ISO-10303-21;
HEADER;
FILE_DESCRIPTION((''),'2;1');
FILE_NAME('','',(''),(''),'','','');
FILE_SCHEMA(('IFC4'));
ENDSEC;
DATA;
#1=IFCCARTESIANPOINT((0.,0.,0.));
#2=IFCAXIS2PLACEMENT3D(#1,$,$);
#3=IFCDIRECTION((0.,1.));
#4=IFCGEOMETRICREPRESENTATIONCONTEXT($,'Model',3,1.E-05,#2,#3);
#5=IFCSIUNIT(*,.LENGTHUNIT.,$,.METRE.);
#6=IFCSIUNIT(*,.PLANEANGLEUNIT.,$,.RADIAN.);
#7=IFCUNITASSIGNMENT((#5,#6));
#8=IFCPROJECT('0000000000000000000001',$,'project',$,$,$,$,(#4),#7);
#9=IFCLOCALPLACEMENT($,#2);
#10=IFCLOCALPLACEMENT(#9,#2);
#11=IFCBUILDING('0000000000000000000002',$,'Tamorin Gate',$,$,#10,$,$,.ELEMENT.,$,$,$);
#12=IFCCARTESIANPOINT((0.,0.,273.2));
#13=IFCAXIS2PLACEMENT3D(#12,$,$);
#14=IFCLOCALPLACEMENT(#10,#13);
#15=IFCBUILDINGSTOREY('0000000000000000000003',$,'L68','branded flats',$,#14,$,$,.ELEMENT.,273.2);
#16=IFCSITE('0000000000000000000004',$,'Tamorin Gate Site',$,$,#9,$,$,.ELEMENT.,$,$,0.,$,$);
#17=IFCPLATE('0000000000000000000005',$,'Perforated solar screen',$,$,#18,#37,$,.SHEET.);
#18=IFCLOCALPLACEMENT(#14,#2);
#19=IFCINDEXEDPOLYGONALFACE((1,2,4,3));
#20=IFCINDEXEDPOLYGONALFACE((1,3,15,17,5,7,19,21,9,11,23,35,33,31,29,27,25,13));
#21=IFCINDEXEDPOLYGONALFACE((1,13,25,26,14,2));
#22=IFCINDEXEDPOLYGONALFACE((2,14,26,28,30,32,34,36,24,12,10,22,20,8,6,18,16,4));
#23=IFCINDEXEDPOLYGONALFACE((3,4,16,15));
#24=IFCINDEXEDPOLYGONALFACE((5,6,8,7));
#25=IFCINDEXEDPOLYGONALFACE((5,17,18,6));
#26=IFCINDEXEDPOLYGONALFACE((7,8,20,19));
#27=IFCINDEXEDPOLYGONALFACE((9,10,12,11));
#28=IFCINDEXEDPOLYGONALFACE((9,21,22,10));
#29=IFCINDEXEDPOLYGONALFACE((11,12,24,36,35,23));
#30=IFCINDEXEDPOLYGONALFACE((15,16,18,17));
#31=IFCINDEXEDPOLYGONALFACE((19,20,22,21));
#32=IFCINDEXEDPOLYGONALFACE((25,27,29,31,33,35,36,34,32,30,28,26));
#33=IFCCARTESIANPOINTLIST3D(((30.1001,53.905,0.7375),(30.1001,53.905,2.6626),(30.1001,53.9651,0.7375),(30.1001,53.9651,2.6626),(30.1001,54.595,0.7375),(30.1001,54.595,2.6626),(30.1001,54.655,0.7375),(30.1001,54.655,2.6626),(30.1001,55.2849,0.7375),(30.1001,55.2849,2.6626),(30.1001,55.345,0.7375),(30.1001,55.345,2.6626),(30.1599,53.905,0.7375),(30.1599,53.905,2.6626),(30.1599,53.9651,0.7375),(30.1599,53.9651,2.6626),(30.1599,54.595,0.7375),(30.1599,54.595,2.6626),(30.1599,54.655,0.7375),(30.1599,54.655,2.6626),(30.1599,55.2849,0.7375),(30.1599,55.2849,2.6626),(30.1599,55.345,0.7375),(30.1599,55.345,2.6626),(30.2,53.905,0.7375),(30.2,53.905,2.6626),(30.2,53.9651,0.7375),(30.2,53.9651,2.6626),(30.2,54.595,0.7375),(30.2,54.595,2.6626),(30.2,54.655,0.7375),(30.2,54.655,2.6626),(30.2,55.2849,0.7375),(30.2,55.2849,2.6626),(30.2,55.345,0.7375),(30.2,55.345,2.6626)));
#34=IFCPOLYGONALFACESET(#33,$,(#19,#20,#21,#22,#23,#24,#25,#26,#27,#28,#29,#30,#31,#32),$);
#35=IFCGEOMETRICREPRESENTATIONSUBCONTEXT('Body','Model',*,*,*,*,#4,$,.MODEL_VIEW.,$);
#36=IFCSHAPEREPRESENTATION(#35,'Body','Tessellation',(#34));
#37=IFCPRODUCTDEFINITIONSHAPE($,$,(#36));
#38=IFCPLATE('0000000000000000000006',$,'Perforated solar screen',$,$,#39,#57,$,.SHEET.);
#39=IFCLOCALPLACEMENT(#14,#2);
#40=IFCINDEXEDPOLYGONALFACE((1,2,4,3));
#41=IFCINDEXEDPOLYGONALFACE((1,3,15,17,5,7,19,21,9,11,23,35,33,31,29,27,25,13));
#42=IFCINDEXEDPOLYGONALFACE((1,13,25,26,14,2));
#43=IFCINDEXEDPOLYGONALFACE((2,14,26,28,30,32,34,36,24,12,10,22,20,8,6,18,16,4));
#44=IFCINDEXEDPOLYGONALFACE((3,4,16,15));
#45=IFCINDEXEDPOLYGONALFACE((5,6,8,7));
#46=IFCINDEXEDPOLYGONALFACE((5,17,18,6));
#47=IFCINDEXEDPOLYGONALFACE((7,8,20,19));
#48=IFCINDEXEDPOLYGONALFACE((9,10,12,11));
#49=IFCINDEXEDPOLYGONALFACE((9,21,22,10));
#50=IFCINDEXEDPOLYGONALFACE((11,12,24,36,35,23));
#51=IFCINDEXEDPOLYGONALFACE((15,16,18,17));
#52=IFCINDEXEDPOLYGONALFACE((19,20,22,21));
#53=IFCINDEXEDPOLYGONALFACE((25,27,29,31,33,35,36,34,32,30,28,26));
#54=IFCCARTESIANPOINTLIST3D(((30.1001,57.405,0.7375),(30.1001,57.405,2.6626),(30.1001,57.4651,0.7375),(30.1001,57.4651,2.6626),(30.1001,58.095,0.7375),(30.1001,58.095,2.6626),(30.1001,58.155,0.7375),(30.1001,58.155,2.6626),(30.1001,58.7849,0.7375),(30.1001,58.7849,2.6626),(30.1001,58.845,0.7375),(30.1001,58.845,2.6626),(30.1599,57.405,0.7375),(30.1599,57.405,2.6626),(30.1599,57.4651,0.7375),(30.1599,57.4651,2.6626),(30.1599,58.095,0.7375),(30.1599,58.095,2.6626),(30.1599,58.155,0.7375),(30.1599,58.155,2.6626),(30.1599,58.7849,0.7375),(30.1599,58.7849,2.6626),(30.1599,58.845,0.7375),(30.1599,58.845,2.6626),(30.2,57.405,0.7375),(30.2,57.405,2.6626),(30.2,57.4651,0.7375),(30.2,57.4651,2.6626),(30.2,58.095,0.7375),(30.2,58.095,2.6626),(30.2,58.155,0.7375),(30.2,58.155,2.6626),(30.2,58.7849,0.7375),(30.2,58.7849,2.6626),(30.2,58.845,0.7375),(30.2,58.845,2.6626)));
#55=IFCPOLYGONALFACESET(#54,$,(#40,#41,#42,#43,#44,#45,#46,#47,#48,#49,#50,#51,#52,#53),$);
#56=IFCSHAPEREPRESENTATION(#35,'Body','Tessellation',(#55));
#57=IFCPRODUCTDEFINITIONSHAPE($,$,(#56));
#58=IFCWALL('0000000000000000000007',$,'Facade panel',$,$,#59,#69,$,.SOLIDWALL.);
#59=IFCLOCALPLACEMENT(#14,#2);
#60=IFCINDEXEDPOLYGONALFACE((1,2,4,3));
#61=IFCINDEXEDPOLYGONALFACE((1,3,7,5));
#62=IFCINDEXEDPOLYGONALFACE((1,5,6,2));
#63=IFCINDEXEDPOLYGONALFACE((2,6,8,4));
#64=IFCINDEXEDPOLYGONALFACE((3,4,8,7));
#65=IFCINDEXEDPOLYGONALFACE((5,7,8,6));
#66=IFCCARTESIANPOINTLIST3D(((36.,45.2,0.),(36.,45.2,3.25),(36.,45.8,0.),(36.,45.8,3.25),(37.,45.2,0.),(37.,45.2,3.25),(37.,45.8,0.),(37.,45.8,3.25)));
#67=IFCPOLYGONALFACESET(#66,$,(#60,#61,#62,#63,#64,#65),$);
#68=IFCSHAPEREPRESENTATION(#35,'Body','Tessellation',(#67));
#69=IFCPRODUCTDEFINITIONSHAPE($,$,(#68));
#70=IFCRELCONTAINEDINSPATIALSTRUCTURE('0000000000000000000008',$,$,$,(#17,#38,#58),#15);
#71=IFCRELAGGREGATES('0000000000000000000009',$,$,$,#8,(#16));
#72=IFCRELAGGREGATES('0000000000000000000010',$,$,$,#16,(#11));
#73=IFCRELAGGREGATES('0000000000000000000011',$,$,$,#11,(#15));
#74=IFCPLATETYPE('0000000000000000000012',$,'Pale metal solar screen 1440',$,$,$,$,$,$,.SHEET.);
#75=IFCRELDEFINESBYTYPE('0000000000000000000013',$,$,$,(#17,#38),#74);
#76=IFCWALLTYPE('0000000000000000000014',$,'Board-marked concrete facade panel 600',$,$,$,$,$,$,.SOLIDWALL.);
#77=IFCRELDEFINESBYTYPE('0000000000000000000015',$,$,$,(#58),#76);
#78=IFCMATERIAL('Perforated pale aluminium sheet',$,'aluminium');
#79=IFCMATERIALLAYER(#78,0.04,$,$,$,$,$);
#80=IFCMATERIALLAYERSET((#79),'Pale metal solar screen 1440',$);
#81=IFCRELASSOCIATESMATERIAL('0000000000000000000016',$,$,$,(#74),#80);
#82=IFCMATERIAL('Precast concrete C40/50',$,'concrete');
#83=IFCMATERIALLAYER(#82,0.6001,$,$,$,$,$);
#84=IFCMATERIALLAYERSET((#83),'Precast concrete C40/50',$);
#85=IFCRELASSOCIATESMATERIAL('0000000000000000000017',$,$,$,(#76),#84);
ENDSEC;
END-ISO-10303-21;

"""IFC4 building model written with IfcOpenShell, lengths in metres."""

from ifc_helpers import new_model, si_unit, direction, frame, frame_2d, origin, place, context, subcontext, project, spatial, polyline, rectangle, outline, extrude, material, layer, layer_set, type_object, element, save


model = new_model("IFC4")

# Units and contexts
model_context = context("Model", 3, precision=1e-05, world=origin(), true_north=direction((0.0, 1.0)))
body_context = subcontext(model_context, "Body", "Model", "MODEL_VIEW")
ifc_project = project(units=[si_unit("LENGTHUNIT", "METRE"), si_unit("PLANEANGLEUNIT", "RADIAN")], contexts=[model_context])

# Site, building, storey
site_placement = place(None, origin())
site = spatial("IfcSite", under=ifc_project, at=site_placement, Name="Tamorin Gate Site", CompositionType="ELEMENT", RefElevation=0.0)
building_placement = place(site_placement, origin())
building = spatial("IfcBuilding", under=site, at=building_placement, Name="Tamorin Gate", CompositionType="ELEMENT")
storey_placement = place(building_placement, frame((0.0, 0.0, 273.2)))
storey = spatial("IfcBuildingStorey", under=building, at=storey_placement, Name="L68", Description="branded flats", CompositionType="ELEMENT", Elevation=273.2)

# Plates
ifc_material_1 = material(Name="Perforated pale aluminium sheet", Category="aluminium")
ifc_layer_1 = layer(ifc_material_1, 0.04)
ifc_layer_set_1 = layer_set([ifc_layer_1], Name="Pale metal solar screen 1440")
plate_type = type_object("IfcPlateType", Name="Pale metal solar screen 1440", PredefinedType="SHEET", material=ifc_layer_set_1)
plate_1_placement = place(storey_placement, frame((0.0, 0.0, 0.7375)))
element("IfcPlate", 1, at=plate_1_placement, inside=storey, type_object=plate_type, Name="Perforated solar screen", PredefinedType="SHEET", context=body_context, shape_type="SweptSolid", body=[
    extrude(outline(polyline([(30.1599, 55.345), (30.2, 55.345), (30.2, 55.2849), (30.2, 54.655), (30.2, 54.595), (30.2, 53.9651), (30.2, 53.905), (30.1599, 53.905), (30.1001, 53.905), (30.1001, 53.9651), (30.1599, 53.9651), (30.1599, 54.595), (30.1001, 54.595), (30.1001, 54.655), (30.1599, 54.655), (30.1599, 55.2849), (30.1001, 55.2849), (30.1001, 55.345), (30.1599, 55.345)])), origin(), (0.0, 0.0, 1.0), 1.925),
])
plate_2_placement = place(storey_placement, frame((0.0, 0.0, 0.7375)))
element("IfcPlate", 2, at=plate_2_placement, inside=storey, type_object=plate_type, Name="Perforated solar screen", PredefinedType="SHEET", context=body_context, shape_type="SweptSolid", body=[
    extrude(outline(polyline([(30.1599, 58.845), (30.2, 58.845), (30.2, 58.7849), (30.2, 58.155), (30.2, 58.095), (30.2, 57.4651), (30.2, 57.405), (30.1599, 57.405), (30.1001, 57.405), (30.1001, 57.4651), (30.1599, 57.4651), (30.1599, 58.095), (30.1001, 58.095), (30.1001, 58.155), (30.1599, 58.155), (30.1599, 58.7849), (30.1001, 58.7849), (30.1001, 58.845), (30.1599, 58.845)])), origin(), (0.0, 0.0, 1.0), 1.925),
])

# Wall
ifc_material_2 = material(Name="Precast concrete C40/50", Category="concrete")
ifc_layer_2 = layer(ifc_material_2, 0.6001)
ifc_layer_set_2 = layer_set([ifc_layer_2], Name="Precast concrete C40/50")
wall_type = type_object("IfcWallType", Name="Board-marked concrete facade panel 600", PredefinedType="SOLIDWALL", material=ifc_layer_set_2)
wall_placement = place(storey_placement, frame((36.0, 45.5, 0.0), z_axis=(0.0, 0.0, 1.0), x_axis=(1.0, 0.0, 0.0)))
element("IfcWall", 3, at=wall_placement, inside=storey, type_object=wall_type, Name="Facade panel", PredefinedType="SOLIDWALL", context=body_context, shape_type="SweptSolid", body=[
    extrude(rectangle(XDim=1.0, YDim=0.6001, at=frame_2d((0.5, 0.0))), origin(), (0.0, 0.0, 1.0), 3.25),
])

save(model, "model.ifc")
